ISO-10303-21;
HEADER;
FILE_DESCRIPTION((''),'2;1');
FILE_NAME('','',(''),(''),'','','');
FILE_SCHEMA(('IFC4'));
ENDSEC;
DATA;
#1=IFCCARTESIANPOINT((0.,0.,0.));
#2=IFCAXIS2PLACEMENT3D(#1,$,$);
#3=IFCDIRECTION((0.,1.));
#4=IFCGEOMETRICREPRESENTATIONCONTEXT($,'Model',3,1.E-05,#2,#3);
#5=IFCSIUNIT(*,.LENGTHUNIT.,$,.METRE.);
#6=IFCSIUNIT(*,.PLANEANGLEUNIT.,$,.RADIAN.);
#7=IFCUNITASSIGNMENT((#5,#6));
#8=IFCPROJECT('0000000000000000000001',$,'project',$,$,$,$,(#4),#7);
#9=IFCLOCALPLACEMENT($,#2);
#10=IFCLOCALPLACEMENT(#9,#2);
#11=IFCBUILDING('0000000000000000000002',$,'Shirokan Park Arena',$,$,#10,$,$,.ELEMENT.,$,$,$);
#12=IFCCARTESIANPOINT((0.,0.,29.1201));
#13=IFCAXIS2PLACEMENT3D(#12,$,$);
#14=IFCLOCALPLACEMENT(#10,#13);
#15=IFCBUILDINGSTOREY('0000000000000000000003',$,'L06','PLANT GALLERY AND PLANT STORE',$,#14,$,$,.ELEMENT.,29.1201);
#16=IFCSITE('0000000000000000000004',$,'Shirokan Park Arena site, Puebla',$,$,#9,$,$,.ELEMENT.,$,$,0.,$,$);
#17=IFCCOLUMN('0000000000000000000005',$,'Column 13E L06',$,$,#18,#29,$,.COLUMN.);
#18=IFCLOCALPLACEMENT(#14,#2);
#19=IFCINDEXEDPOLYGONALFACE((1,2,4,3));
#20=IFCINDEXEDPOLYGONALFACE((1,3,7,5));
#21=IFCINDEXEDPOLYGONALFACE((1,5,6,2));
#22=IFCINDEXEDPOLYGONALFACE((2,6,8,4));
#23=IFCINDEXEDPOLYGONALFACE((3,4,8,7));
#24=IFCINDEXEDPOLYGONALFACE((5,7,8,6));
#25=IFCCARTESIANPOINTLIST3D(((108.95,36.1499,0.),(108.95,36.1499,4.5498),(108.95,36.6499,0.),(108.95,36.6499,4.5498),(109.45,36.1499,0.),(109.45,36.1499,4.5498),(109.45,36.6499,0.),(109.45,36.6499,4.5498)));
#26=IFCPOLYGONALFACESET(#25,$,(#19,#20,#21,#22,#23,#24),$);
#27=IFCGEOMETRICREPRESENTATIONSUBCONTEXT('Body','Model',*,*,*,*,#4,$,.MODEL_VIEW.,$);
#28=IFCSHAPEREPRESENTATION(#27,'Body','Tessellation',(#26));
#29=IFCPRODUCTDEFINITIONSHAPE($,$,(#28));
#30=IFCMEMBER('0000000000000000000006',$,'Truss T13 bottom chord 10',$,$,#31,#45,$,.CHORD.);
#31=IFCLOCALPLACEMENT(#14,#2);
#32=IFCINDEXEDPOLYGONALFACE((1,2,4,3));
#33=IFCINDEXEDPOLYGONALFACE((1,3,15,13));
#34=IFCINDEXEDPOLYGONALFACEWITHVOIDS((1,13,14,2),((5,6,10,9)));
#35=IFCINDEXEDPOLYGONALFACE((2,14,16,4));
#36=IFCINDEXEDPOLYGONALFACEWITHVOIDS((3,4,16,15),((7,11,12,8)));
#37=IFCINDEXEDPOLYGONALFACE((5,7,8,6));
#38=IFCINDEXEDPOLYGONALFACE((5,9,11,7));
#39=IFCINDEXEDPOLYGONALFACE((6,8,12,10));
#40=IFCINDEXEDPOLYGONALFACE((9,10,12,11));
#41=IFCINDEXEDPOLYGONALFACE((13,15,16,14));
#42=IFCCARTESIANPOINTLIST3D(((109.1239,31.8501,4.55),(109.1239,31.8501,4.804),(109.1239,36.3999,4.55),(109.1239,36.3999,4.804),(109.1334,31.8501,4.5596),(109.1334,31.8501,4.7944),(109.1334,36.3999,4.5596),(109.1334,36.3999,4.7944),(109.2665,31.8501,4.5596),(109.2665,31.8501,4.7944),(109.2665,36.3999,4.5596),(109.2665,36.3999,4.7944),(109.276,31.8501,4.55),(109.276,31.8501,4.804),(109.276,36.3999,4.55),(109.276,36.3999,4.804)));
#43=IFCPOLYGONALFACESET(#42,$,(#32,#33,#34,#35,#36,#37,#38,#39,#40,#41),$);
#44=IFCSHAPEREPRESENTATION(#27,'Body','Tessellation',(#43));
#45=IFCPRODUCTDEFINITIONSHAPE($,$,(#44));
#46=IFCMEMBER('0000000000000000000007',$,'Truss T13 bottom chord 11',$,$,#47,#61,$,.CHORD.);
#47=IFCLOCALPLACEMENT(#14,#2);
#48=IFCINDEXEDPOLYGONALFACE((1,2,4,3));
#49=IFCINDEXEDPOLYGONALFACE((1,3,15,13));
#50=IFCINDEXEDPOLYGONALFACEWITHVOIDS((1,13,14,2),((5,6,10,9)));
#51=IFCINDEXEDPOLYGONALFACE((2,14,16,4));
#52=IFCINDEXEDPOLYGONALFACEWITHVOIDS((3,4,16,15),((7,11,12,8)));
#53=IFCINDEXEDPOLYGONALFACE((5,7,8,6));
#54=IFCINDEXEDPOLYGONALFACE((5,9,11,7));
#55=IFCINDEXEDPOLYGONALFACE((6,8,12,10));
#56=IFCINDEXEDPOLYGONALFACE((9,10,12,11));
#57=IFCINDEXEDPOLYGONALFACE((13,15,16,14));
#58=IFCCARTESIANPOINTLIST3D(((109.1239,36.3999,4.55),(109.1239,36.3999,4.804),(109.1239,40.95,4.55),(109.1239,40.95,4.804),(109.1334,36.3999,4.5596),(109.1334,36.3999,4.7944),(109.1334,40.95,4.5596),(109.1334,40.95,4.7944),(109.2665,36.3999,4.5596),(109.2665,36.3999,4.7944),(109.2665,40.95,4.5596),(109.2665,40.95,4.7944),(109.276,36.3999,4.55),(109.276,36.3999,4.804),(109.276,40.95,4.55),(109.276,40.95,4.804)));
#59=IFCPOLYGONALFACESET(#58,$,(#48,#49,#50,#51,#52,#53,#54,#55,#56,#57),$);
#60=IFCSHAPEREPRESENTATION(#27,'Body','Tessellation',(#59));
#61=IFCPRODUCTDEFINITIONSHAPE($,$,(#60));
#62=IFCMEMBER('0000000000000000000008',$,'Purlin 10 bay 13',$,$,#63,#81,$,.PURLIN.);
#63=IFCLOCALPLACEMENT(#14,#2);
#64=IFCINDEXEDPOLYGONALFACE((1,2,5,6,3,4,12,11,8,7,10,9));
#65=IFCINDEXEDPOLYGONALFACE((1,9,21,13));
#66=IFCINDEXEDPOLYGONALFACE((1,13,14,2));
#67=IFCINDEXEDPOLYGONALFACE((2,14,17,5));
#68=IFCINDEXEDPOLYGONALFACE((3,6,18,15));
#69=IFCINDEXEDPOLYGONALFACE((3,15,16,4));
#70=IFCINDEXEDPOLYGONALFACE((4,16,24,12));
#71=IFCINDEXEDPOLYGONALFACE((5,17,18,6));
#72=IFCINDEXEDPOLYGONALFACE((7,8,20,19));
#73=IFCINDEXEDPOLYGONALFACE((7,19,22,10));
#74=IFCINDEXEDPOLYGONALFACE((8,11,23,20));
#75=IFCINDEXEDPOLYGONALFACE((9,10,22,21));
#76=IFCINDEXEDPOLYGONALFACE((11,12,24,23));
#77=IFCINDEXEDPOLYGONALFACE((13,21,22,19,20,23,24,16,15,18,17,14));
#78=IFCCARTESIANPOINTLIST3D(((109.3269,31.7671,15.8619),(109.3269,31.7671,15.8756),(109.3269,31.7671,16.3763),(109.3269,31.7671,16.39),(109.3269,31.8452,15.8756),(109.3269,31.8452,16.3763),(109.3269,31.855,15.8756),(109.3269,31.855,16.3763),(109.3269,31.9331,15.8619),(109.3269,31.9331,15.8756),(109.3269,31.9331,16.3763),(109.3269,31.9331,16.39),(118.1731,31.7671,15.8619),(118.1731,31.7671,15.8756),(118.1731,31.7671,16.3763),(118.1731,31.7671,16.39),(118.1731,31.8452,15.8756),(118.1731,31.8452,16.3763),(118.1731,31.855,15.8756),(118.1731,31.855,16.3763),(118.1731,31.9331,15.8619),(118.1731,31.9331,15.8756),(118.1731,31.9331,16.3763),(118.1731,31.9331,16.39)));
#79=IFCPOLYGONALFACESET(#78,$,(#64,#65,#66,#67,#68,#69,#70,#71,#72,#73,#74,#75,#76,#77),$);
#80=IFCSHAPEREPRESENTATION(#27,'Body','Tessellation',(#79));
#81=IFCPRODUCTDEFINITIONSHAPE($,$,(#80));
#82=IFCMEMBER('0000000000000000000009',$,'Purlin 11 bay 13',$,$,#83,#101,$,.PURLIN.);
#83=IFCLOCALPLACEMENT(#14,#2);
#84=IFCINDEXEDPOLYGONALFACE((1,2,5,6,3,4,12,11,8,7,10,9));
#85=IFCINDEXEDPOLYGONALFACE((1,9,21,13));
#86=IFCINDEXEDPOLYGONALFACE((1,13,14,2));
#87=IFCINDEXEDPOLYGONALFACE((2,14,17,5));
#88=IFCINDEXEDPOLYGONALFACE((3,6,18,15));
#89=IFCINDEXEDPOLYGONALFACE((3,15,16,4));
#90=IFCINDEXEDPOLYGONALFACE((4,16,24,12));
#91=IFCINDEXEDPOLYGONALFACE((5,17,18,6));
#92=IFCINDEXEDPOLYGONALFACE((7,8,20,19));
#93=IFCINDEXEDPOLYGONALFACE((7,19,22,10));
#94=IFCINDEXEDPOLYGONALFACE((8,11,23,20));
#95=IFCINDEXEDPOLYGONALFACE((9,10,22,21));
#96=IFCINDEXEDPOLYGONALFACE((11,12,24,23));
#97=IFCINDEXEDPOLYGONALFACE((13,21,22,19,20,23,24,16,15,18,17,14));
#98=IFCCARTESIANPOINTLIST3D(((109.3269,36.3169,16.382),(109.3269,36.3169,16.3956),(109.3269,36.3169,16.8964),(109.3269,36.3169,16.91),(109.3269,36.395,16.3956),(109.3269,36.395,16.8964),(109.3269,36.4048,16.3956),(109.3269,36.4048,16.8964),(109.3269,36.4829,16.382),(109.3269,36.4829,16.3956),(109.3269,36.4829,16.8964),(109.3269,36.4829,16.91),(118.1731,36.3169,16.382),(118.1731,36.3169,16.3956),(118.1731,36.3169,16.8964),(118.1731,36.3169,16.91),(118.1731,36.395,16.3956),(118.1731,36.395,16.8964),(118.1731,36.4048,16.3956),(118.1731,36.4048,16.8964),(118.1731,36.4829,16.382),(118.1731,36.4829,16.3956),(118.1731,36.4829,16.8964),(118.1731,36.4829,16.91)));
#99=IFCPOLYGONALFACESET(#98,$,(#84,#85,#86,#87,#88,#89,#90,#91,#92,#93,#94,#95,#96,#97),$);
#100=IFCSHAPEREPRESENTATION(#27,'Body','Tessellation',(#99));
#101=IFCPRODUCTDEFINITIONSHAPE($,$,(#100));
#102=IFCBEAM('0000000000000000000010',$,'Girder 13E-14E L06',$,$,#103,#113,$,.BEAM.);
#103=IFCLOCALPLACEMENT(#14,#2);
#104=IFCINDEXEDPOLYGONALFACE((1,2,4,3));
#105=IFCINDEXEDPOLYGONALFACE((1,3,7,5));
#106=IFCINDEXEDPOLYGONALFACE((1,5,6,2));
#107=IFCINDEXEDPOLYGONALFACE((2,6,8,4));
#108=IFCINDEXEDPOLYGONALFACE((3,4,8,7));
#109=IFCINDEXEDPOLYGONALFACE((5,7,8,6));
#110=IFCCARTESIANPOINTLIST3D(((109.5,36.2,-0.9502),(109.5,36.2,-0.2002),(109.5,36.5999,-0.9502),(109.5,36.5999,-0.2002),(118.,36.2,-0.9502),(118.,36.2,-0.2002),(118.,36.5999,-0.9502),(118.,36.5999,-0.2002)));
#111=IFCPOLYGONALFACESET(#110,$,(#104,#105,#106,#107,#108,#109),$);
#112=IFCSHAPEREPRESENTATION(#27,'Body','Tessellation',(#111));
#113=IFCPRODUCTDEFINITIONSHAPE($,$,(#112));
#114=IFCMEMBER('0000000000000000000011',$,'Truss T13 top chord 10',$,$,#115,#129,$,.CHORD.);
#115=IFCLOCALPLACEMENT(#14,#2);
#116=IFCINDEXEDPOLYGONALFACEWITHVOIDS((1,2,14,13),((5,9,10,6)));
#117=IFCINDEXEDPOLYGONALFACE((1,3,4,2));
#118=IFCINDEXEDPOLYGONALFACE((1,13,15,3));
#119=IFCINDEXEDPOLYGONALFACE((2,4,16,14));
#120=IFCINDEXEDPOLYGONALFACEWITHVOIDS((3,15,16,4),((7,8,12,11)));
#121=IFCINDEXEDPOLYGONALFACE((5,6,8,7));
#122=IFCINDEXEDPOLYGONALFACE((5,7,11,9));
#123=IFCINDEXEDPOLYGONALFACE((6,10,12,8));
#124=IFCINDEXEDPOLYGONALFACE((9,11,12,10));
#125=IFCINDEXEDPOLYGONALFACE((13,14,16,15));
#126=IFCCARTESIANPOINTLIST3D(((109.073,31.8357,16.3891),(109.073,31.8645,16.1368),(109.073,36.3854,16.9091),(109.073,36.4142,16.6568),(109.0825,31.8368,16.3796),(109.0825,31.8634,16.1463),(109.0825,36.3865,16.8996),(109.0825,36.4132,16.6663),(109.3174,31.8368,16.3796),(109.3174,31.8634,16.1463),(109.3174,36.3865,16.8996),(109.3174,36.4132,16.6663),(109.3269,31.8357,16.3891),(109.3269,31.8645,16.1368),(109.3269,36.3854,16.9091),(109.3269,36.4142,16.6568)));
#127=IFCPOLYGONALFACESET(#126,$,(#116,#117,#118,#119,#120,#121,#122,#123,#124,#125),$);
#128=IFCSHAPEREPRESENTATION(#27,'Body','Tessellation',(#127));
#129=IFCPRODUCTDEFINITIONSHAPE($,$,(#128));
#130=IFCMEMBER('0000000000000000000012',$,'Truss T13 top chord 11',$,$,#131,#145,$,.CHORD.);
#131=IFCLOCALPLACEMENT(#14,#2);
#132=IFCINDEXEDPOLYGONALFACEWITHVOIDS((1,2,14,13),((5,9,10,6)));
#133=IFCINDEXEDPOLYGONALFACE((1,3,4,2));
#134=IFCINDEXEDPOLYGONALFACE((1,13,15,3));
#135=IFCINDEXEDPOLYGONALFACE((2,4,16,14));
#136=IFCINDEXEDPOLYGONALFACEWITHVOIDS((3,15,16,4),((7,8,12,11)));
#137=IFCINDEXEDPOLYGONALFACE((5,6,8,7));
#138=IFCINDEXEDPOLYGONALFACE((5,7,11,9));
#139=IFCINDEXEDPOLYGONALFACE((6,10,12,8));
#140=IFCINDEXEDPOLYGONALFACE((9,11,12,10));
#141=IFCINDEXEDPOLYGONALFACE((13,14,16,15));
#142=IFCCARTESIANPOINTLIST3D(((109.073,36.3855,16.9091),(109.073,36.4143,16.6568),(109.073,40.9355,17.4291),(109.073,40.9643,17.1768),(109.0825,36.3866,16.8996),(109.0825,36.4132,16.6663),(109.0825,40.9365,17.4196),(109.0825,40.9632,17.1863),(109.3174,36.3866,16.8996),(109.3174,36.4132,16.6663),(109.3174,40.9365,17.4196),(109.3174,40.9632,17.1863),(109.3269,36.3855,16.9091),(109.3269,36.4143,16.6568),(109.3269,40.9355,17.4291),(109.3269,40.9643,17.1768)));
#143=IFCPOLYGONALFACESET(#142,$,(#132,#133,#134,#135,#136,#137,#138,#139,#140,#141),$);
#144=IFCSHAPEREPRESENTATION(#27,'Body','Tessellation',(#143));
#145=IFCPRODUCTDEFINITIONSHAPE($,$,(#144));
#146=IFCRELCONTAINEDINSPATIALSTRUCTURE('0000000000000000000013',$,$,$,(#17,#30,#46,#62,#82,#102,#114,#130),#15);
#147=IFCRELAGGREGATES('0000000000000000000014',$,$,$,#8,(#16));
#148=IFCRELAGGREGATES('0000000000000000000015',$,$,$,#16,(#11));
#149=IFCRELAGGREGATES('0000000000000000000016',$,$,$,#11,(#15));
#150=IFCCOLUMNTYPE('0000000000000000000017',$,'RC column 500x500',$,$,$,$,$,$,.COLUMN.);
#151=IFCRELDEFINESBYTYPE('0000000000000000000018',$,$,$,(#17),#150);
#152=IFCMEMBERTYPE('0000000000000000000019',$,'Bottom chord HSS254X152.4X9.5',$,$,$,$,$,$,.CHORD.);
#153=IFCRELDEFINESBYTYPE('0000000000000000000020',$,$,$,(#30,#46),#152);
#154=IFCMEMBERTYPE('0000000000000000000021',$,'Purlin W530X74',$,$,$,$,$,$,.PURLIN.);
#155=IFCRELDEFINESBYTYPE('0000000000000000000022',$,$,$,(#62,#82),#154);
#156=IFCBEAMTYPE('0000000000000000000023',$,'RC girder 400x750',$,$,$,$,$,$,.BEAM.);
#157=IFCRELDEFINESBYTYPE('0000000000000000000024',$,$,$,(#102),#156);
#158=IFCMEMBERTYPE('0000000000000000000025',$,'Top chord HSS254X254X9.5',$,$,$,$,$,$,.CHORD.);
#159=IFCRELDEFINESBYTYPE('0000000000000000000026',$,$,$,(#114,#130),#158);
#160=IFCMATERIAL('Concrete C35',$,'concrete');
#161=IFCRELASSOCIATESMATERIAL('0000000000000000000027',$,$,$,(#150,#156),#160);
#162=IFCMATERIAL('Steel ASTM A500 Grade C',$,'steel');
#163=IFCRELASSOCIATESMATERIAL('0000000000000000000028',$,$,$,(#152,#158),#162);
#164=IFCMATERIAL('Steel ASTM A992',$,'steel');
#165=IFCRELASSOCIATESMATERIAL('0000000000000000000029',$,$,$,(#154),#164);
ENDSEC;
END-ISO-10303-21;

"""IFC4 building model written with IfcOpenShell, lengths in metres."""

from ifc_helpers import new_model, si_unit, direction, frame, origin, origin_2d, place, context, subcontext, project, spatial, rectangle, hollow_rectangle, i_section, extrude, material, material_profile, profile_set, type_object, element, save


model = new_model("IFC4")

# Units and contexts
model_context = context("Model", 3, precision=1e-05, world=origin(), true_north=direction((0.0, 1.0)))
body_context = subcontext(model_context, "Body", "Model", "MODEL_VIEW")
ifc_project = project(units=[si_unit("LENGTHUNIT", "METRE"), si_unit("PLANEANGLEUNIT", "RADIAN")], contexts=[model_context])

# Site, building, storey
site_placement = place(None, origin())
site = spatial("IfcSite", under=ifc_project, at=site_placement, Name="Shirokan Park Arena site, Puebla", CompositionType="ELEMENT", RefElevation=0.0)
building_placement = place(site_placement, origin())
building = spatial("IfcBuilding", under=site, at=building_placement, Name="Shirokan Park Arena", CompositionType="ELEMENT")
storey_placement = place(building_placement, frame((0.0, 0.0, 29.1201)))
storey = spatial("IfcBuildingStorey", under=building, at=storey_placement, Name="L06", Description="PLANT GALLERY AND PLANT STORE", CompositionType="ELEMENT", Elevation=29.1201)

# Column
ifc_material_1 = material(Name="Concrete C35", Category="concrete")
ifc_material_profile_1 = material_profile(ifc_material_1, rectangle(XDim=0.5, YDim=0.5, at=origin_2d()), Name="500x500")
ifc_profile_set_1 = profile_set([ifc_material_profile_1], Name="Concrete C35")
column_type = type_object("IfcColumnType", Name="RC column 500x500", PredefinedType="COLUMN", material=ifc_profile_set_1)
column_placement = place(storey_placement, frame((109.2, 36.3999, 0.0), z_axis=(0.0, 0.0, 1.0), x_axis=(1.0, 0.0, 0.0)))
element("IfcColumn", 1, at=column_placement, inside=storey, type_object=column_type, Name="Column 13E L06", PredefinedType="COLUMN", context=body_context, shape_type="SweptSolid", body=[
    extrude(rectangle(XDim=0.5, YDim=0.5, at=origin_2d()), origin(), (0.0, 0.0, 1.0), 4.5498),
])

# Members
ifc_material_2 = material(Name="Steel ASTM A500 Grade C", Category="steel")
ifc_material_profile_2 = material_profile(ifc_material_2, hollow_rectangle(XDim=0.1521, YDim=0.2539, WallThickness=0.0095, at=origin_2d()), Name="HSS254X152.4X9.5")
ifc_profile_set_2 = profile_set([ifc_material_profile_2], Name="Steel ASTM A500 Grade C")
member_type_1 = type_object("IfcMemberType", Name="Bottom chord HSS254X152.4X9.5", PredefinedType="CHORD", material=ifc_profile_set_2)
member_1_placement = place(storey_placement, frame((109.2, 31.8501, 4.677), z_axis=(0.0, 1.0, 0.0), x_axis=(-1.0, 0.0, 0.0)))
element("IfcMember", 2, at=member_1_placement, inside=storey, type_object=member_type_1, Name="Truss T13 bottom chord 10", PredefinedType="CHORD", context=body_context, shape_type="SweptSolid", body=[
    extrude(hollow_rectangle(XDim=0.1521, YDim=0.2539, WallThickness=0.0095, at=origin_2d()), origin(), (0.0, 0.0, 1.0), 4.5498),
])
member_2_placement = place(storey_placement, frame((109.2, 36.3999, 4.677), z_axis=(0.0, 1.0, 0.0), x_axis=(-1.0, 0.0, 0.0)))
element("IfcMember", 3, at=member_2_placement, inside=storey, type_object=member_type_1, Name="Truss T13 bottom chord 11", PredefinedType="CHORD", context=body_context, shape_type="SweptSolid", body=[
    extrude(hollow_rectangle(XDim=0.1521, YDim=0.2539, WallThickness=0.0095, at=origin_2d()), origin(), (0.0, 0.0, 1.0), 4.55),
])
ifc_material_3 = material(Name="Steel ASTM A992", Category="steel")
ifc_material_profile_3 = material_profile(ifc_material_3, i_section(OverallWidth=0.166, OverallDepth=0.5281, WebThickness=0.0098, FlangeThickness=0.0137, at=origin_2d()), Name="W530X74")
ifc_profile_set_3 = profile_set([ifc_material_profile_3], Name="Steel ASTM A992")
member_type_2 = type_object("IfcMemberType", Name="Purlin W530X74", PredefinedType="PURLIN", material=ifc_profile_set_3)
for number, where, z_axis, x_axis, name in (
    (4, (109.3269, 31.8501, 16.126), (1.0, 0.0, 0.0), (0.0, 1.0, 0.0), "Purlin 10 bay 13"),
    (5, (109.3269, 36.3999, 16.646), (1.0, 0.0, 0.0), (0.0, 1.0, 0.0), "Purlin 11 bay 13"),
):
    element("IfcMember", number, at=place(storey_placement, frame(where, z_axis=z_axis, x_axis=x_axis)), inside=storey, type_object=member_type_2, Name=name, PredefinedType="PURLIN", context=body_context, shape_type="SweptSolid", body=[
        extrude(i_section(OverallWidth=0.166, OverallDepth=0.5281, WebThickness=0.0098, FlangeThickness=0.0137, at=origin_2d()), origin(), (0.0, 0.0, 1.0), 8.8462),
    ])

# Beam
ifc_material_profile_4 = material_profile(ifc_material_1, rectangle(XDim=0.3999, YDim=0.75, at=origin_2d()), Name="400x750")
ifc_profile_set_4 = profile_set([ifc_material_profile_4], Name="Concrete C35")
beam_type = type_object("IfcBeamType", Name="RC girder 400x750", PredefinedType="BEAM", material=ifc_profile_set_4)
beam_placement = place(storey_placement, frame((109.5, 36.3999, -0.5752), z_axis=(1.0, 0.0, 0.0), x_axis=(0.0, 1.0, 0.0)))
element("IfcBeam", 6, at=beam_placement, inside=storey, type_object=beam_type, Name="Girder 13E-14E L06", PredefinedType="BEAM", context=body_context, shape_type="SweptSolid", body=[
    extrude(rectangle(XDim=0.3999, YDim=0.75, at=origin_2d()), origin(), (0.0, 0.0, 1.0), 8.5),
])

# Members
ifc_material_profile_5 = material_profile(ifc_material_2, hollow_rectangle(XDim=0.2539, YDim=0.2539, WallThickness=0.0095, at=origin_2d()), Name="HSS254X254X9.5")
ifc_profile_set_5 = profile_set([ifc_material_profile_5], Name="Steel ASTM A500 Grade C")
member_type_3 = type_object("IfcMemberType", Name="Top chord HSS254X254X9.5", PredefinedType="CHORD", material=ifc_profile_set_5)
member_3_placement = place(storey_placement, frame((109.2, 31.8501, 16.2629), z_axis=(0.0, 0.993532, 0.113556), x_axis=(-1.0, 0.0, 0.0)))
element("IfcMember", 7, at=member_3_placement, inside=storey, type_object=member_type_3, Name="Truss T13 top chord 10", PredefinedType="CHORD", context=body_context, shape_type="SweptSolid", body=[
    extrude(hollow_rectangle(XDim=0.2539, YDim=0.2539, WallThickness=0.0095, at=origin_2d()), origin(), (0.0, 0.0, 1.0), 4.5793),
])
member_4_placement = place(storey_placement, frame((109.2, 36.3999, 16.783), z_axis=(0.0, 0.993532, 0.11355), x_axis=(-1.0, 0.0, 0.0)))
element("IfcMember", 8, at=member_4_placement, inside=storey, type_object=member_type_3, Name="Truss T13 top chord 11", PredefinedType="CHORD", context=body_context, shape_type="SweptSolid", body=[
    extrude(hollow_rectangle(XDim=0.2539, YDim=0.2539, WallThickness=0.0095, at=origin_2d()), origin(), (0.0, 0.0, 1.0), 4.5796),
])

save(model, "model.ifc")
